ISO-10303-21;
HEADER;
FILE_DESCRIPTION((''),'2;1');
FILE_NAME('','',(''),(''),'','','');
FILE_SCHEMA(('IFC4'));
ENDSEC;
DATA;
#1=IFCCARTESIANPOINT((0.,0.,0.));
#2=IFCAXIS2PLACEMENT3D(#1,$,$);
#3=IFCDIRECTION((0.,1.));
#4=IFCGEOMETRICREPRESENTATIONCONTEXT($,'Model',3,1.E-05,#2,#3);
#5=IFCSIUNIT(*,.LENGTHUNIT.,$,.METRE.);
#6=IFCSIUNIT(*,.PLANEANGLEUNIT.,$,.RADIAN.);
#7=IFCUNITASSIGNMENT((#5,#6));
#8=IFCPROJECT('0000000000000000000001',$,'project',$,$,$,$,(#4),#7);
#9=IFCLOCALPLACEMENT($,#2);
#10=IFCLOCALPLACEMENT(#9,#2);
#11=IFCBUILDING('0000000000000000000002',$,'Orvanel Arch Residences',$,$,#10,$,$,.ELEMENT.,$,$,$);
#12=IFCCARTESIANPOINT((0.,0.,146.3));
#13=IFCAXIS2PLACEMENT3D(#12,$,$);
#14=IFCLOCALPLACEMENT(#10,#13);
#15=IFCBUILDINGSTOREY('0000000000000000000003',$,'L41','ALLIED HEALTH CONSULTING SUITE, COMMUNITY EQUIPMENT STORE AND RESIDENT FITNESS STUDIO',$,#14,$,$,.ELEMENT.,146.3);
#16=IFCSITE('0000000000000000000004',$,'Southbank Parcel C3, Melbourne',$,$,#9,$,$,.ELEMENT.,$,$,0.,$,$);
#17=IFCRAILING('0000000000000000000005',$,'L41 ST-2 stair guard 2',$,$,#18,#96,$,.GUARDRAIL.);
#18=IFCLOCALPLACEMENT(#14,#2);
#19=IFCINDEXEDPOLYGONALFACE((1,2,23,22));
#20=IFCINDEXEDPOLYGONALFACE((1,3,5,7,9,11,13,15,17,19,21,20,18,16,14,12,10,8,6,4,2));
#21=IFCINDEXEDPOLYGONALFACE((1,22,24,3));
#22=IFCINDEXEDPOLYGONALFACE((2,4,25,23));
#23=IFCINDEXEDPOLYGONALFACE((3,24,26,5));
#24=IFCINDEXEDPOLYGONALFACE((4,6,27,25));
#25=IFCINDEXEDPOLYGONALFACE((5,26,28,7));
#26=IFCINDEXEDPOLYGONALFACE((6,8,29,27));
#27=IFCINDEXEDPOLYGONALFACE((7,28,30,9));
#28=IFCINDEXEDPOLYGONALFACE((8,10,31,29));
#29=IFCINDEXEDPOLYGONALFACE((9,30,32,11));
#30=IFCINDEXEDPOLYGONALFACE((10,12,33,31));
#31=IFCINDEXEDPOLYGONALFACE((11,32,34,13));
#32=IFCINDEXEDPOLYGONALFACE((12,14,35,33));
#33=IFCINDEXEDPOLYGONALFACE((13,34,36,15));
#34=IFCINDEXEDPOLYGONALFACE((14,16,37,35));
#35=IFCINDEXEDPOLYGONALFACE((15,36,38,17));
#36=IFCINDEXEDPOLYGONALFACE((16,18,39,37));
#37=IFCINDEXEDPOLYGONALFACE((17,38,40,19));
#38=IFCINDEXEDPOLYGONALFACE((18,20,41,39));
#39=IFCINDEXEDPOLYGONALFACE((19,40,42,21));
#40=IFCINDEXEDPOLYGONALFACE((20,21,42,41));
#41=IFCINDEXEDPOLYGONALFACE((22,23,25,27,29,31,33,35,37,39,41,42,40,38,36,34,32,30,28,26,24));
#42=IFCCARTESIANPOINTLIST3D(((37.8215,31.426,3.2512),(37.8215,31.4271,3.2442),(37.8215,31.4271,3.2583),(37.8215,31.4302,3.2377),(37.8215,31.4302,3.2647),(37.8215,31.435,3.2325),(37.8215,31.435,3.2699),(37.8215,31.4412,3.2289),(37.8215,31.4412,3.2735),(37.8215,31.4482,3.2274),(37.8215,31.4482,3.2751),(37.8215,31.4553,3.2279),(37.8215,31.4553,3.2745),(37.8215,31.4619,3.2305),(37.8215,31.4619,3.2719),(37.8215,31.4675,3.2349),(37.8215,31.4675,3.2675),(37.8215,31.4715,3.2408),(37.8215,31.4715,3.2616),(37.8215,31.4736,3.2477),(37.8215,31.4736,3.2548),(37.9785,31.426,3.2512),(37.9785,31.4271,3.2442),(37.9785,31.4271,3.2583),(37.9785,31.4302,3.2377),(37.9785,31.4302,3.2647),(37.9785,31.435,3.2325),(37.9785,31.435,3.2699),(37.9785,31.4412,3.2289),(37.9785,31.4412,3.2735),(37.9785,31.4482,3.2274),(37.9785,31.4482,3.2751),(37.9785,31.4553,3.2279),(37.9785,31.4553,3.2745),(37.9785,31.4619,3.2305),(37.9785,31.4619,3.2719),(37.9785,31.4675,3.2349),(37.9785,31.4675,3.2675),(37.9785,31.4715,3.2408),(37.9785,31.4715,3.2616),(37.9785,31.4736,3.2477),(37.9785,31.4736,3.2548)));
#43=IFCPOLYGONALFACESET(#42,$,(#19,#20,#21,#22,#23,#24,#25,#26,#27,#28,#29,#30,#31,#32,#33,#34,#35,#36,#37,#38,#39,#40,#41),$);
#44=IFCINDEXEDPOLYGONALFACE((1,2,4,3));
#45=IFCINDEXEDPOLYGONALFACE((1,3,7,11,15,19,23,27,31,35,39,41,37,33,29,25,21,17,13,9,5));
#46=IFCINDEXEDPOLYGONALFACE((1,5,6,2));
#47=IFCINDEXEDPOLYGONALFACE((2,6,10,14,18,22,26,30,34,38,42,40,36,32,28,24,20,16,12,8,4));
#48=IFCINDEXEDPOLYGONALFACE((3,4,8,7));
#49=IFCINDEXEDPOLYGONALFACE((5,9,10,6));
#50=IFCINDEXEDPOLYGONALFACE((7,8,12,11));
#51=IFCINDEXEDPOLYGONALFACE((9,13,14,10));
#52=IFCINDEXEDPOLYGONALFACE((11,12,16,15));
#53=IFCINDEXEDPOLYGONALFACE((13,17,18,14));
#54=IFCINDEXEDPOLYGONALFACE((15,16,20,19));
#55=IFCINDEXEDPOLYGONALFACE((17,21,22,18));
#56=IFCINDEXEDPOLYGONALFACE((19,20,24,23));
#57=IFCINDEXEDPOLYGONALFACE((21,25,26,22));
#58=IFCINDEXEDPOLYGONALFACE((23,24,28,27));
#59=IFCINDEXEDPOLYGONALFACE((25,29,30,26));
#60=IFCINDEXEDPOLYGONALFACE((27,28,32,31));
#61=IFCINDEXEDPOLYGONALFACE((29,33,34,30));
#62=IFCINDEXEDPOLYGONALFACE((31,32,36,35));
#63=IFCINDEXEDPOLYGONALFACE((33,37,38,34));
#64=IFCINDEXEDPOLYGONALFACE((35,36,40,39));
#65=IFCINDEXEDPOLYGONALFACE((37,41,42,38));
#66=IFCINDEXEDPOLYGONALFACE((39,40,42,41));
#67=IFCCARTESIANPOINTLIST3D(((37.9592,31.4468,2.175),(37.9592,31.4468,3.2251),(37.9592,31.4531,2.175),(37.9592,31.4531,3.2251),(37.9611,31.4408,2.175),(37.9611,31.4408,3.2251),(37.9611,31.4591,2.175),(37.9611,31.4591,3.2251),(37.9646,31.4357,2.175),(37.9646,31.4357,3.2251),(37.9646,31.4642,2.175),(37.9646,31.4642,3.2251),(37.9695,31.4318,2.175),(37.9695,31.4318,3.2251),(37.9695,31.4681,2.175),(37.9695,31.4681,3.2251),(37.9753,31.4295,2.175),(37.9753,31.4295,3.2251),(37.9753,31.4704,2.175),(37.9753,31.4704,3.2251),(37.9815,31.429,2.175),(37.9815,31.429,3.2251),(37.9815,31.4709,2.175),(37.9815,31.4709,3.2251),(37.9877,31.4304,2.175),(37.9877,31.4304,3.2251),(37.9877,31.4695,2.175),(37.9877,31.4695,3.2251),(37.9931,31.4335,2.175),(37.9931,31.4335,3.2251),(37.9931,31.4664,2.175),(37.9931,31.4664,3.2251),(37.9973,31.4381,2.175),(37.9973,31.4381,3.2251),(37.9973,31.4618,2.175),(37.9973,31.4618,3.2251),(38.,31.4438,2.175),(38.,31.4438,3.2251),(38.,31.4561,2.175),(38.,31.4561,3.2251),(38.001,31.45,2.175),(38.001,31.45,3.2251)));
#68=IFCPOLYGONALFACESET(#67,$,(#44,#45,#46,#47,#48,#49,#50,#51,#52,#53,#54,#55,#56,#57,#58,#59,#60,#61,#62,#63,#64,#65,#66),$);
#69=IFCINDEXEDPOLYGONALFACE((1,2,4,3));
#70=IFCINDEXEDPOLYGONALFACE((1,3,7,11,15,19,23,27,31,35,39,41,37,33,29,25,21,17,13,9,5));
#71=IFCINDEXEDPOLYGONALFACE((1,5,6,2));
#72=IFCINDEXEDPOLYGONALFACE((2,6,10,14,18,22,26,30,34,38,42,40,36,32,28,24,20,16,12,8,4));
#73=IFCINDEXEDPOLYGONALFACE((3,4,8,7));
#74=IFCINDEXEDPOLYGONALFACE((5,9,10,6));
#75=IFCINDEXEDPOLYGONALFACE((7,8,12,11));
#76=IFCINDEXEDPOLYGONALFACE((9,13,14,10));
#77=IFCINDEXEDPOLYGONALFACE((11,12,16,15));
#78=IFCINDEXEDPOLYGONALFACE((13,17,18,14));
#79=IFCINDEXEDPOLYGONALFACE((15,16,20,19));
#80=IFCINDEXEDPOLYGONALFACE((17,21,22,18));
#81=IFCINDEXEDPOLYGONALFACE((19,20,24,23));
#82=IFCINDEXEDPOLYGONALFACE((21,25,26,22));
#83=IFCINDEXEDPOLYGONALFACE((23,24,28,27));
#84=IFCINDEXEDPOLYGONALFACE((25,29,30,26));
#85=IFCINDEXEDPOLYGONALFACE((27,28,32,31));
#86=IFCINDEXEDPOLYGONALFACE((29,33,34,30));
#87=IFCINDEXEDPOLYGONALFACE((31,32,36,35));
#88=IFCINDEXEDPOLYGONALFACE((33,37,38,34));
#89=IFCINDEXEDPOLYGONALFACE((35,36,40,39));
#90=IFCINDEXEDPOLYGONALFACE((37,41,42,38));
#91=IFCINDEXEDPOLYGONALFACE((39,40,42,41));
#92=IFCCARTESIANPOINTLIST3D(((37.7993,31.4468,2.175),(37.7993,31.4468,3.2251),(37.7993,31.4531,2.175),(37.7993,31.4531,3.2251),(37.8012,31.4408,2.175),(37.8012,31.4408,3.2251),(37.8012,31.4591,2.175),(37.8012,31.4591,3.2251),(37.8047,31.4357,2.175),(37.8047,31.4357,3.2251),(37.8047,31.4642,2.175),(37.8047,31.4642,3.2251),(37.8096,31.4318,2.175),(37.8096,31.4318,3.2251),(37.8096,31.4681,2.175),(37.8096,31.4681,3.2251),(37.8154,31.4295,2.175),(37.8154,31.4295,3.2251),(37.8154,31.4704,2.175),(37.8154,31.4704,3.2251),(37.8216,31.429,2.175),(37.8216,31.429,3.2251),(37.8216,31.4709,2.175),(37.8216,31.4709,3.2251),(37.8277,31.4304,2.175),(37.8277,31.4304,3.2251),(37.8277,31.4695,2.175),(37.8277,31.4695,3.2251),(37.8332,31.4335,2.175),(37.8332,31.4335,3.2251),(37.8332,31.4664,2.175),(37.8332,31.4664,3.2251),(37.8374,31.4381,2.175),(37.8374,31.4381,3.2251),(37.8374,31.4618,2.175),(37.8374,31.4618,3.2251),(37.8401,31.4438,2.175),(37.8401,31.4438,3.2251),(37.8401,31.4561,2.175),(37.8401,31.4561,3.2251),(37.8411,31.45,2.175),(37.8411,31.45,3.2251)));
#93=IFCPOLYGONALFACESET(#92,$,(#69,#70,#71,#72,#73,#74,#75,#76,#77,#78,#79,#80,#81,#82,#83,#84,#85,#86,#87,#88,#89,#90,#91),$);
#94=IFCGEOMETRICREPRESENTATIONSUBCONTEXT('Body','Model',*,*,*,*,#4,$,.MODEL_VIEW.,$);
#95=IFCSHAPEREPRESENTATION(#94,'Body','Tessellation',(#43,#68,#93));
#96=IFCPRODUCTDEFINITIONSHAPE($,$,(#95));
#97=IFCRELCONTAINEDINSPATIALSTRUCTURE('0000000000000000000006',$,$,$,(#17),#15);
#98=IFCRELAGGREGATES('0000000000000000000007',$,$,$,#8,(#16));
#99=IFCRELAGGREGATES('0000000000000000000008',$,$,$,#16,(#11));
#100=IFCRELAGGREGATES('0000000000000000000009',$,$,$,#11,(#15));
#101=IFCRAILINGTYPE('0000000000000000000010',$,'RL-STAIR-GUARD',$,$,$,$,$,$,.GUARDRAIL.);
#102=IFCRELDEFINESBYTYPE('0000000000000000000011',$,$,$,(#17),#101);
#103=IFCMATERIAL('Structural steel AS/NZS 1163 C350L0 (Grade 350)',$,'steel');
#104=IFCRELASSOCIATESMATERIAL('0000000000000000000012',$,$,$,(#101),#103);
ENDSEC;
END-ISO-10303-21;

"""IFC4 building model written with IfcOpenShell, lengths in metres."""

from ifc_helpers import new_model, si_unit, direction, frame, origin, origin_2d, place, context, subcontext, project, spatial, circle, extrude, material, type_object, element, save


model = new_model("IFC4")

# Units and contexts
model_context = context("Model", 3, precision=1e-05, world=origin(), true_north=direction((0.0, 1.0)))
body_context = subcontext(model_context, "Body", "Model", "MODEL_VIEW")
ifc_project = project(units=[si_unit("LENGTHUNIT", "METRE"), si_unit("PLANEANGLEUNIT", "RADIAN")], contexts=[model_context])

# Site, building, storey
site_placement = place(None, origin())
site = spatial("IfcSite", under=ifc_project, at=site_placement, Name="Southbank Parcel C3, Melbourne", CompositionType="ELEMENT", RefElevation=0.0)
building_placement = place(site_placement, origin())
building = spatial("IfcBuilding", under=site, at=building_placement, Name="Orvanel Arch Residences", CompositionType="ELEMENT")
storey_placement = place(building_placement, frame((0.0, 0.0, 146.3)))
storey = spatial("IfcBuildingStorey", under=building, at=storey_placement, Name="L41", Description="ALLIED HEALTH CONSULTING SUITE, COMMUNITY EQUIPMENT STORE AND RESIDENT FITNESS STUDIO", CompositionType="ELEMENT", Elevation=146.3)

# Railing
ifc_material_1 = material(Name="Structural steel AS/NZS 1163 C350L0 (Grade 350)", Category="steel")
railing_type_1 = type_object("IfcRailingType", Name="RL-STAIR-GUARD", PredefinedType="GUARDRAIL", material=ifc_material_1)
railing_1_placement = place(storey_placement, frame((37.98, 31.45, 2.175)))
element("IfcRailing", 1, at=railing_1_placement, inside=storey, type_object=railing_type_1, Name="L41 ST-2 stair guard 2", PredefinedType="GUARDRAIL", context=body_context, shape_type="SweptSolid", body=[
    extrude(circle(Radius=0.0239, at=origin_2d()), frame((-0.0015, 0.0, 1.0762), z_axis=(-1.0, 0.0, 0.0), x_axis=(0.0, -1.0, 0.0)), (0.0, 0.0, 1.0), 0.157),
    extrude(circle(Radius=0.021, at=origin_2d()), origin(), (0.0, 0.0, 1.0), 1.05),
    extrude(circle(Radius=0.021, at=origin_2d()), frame((-0.1599, 0.0, 0.0)), (0.0, 0.0, 1.0), 1.05),
])

save(model, "model.ifc")
